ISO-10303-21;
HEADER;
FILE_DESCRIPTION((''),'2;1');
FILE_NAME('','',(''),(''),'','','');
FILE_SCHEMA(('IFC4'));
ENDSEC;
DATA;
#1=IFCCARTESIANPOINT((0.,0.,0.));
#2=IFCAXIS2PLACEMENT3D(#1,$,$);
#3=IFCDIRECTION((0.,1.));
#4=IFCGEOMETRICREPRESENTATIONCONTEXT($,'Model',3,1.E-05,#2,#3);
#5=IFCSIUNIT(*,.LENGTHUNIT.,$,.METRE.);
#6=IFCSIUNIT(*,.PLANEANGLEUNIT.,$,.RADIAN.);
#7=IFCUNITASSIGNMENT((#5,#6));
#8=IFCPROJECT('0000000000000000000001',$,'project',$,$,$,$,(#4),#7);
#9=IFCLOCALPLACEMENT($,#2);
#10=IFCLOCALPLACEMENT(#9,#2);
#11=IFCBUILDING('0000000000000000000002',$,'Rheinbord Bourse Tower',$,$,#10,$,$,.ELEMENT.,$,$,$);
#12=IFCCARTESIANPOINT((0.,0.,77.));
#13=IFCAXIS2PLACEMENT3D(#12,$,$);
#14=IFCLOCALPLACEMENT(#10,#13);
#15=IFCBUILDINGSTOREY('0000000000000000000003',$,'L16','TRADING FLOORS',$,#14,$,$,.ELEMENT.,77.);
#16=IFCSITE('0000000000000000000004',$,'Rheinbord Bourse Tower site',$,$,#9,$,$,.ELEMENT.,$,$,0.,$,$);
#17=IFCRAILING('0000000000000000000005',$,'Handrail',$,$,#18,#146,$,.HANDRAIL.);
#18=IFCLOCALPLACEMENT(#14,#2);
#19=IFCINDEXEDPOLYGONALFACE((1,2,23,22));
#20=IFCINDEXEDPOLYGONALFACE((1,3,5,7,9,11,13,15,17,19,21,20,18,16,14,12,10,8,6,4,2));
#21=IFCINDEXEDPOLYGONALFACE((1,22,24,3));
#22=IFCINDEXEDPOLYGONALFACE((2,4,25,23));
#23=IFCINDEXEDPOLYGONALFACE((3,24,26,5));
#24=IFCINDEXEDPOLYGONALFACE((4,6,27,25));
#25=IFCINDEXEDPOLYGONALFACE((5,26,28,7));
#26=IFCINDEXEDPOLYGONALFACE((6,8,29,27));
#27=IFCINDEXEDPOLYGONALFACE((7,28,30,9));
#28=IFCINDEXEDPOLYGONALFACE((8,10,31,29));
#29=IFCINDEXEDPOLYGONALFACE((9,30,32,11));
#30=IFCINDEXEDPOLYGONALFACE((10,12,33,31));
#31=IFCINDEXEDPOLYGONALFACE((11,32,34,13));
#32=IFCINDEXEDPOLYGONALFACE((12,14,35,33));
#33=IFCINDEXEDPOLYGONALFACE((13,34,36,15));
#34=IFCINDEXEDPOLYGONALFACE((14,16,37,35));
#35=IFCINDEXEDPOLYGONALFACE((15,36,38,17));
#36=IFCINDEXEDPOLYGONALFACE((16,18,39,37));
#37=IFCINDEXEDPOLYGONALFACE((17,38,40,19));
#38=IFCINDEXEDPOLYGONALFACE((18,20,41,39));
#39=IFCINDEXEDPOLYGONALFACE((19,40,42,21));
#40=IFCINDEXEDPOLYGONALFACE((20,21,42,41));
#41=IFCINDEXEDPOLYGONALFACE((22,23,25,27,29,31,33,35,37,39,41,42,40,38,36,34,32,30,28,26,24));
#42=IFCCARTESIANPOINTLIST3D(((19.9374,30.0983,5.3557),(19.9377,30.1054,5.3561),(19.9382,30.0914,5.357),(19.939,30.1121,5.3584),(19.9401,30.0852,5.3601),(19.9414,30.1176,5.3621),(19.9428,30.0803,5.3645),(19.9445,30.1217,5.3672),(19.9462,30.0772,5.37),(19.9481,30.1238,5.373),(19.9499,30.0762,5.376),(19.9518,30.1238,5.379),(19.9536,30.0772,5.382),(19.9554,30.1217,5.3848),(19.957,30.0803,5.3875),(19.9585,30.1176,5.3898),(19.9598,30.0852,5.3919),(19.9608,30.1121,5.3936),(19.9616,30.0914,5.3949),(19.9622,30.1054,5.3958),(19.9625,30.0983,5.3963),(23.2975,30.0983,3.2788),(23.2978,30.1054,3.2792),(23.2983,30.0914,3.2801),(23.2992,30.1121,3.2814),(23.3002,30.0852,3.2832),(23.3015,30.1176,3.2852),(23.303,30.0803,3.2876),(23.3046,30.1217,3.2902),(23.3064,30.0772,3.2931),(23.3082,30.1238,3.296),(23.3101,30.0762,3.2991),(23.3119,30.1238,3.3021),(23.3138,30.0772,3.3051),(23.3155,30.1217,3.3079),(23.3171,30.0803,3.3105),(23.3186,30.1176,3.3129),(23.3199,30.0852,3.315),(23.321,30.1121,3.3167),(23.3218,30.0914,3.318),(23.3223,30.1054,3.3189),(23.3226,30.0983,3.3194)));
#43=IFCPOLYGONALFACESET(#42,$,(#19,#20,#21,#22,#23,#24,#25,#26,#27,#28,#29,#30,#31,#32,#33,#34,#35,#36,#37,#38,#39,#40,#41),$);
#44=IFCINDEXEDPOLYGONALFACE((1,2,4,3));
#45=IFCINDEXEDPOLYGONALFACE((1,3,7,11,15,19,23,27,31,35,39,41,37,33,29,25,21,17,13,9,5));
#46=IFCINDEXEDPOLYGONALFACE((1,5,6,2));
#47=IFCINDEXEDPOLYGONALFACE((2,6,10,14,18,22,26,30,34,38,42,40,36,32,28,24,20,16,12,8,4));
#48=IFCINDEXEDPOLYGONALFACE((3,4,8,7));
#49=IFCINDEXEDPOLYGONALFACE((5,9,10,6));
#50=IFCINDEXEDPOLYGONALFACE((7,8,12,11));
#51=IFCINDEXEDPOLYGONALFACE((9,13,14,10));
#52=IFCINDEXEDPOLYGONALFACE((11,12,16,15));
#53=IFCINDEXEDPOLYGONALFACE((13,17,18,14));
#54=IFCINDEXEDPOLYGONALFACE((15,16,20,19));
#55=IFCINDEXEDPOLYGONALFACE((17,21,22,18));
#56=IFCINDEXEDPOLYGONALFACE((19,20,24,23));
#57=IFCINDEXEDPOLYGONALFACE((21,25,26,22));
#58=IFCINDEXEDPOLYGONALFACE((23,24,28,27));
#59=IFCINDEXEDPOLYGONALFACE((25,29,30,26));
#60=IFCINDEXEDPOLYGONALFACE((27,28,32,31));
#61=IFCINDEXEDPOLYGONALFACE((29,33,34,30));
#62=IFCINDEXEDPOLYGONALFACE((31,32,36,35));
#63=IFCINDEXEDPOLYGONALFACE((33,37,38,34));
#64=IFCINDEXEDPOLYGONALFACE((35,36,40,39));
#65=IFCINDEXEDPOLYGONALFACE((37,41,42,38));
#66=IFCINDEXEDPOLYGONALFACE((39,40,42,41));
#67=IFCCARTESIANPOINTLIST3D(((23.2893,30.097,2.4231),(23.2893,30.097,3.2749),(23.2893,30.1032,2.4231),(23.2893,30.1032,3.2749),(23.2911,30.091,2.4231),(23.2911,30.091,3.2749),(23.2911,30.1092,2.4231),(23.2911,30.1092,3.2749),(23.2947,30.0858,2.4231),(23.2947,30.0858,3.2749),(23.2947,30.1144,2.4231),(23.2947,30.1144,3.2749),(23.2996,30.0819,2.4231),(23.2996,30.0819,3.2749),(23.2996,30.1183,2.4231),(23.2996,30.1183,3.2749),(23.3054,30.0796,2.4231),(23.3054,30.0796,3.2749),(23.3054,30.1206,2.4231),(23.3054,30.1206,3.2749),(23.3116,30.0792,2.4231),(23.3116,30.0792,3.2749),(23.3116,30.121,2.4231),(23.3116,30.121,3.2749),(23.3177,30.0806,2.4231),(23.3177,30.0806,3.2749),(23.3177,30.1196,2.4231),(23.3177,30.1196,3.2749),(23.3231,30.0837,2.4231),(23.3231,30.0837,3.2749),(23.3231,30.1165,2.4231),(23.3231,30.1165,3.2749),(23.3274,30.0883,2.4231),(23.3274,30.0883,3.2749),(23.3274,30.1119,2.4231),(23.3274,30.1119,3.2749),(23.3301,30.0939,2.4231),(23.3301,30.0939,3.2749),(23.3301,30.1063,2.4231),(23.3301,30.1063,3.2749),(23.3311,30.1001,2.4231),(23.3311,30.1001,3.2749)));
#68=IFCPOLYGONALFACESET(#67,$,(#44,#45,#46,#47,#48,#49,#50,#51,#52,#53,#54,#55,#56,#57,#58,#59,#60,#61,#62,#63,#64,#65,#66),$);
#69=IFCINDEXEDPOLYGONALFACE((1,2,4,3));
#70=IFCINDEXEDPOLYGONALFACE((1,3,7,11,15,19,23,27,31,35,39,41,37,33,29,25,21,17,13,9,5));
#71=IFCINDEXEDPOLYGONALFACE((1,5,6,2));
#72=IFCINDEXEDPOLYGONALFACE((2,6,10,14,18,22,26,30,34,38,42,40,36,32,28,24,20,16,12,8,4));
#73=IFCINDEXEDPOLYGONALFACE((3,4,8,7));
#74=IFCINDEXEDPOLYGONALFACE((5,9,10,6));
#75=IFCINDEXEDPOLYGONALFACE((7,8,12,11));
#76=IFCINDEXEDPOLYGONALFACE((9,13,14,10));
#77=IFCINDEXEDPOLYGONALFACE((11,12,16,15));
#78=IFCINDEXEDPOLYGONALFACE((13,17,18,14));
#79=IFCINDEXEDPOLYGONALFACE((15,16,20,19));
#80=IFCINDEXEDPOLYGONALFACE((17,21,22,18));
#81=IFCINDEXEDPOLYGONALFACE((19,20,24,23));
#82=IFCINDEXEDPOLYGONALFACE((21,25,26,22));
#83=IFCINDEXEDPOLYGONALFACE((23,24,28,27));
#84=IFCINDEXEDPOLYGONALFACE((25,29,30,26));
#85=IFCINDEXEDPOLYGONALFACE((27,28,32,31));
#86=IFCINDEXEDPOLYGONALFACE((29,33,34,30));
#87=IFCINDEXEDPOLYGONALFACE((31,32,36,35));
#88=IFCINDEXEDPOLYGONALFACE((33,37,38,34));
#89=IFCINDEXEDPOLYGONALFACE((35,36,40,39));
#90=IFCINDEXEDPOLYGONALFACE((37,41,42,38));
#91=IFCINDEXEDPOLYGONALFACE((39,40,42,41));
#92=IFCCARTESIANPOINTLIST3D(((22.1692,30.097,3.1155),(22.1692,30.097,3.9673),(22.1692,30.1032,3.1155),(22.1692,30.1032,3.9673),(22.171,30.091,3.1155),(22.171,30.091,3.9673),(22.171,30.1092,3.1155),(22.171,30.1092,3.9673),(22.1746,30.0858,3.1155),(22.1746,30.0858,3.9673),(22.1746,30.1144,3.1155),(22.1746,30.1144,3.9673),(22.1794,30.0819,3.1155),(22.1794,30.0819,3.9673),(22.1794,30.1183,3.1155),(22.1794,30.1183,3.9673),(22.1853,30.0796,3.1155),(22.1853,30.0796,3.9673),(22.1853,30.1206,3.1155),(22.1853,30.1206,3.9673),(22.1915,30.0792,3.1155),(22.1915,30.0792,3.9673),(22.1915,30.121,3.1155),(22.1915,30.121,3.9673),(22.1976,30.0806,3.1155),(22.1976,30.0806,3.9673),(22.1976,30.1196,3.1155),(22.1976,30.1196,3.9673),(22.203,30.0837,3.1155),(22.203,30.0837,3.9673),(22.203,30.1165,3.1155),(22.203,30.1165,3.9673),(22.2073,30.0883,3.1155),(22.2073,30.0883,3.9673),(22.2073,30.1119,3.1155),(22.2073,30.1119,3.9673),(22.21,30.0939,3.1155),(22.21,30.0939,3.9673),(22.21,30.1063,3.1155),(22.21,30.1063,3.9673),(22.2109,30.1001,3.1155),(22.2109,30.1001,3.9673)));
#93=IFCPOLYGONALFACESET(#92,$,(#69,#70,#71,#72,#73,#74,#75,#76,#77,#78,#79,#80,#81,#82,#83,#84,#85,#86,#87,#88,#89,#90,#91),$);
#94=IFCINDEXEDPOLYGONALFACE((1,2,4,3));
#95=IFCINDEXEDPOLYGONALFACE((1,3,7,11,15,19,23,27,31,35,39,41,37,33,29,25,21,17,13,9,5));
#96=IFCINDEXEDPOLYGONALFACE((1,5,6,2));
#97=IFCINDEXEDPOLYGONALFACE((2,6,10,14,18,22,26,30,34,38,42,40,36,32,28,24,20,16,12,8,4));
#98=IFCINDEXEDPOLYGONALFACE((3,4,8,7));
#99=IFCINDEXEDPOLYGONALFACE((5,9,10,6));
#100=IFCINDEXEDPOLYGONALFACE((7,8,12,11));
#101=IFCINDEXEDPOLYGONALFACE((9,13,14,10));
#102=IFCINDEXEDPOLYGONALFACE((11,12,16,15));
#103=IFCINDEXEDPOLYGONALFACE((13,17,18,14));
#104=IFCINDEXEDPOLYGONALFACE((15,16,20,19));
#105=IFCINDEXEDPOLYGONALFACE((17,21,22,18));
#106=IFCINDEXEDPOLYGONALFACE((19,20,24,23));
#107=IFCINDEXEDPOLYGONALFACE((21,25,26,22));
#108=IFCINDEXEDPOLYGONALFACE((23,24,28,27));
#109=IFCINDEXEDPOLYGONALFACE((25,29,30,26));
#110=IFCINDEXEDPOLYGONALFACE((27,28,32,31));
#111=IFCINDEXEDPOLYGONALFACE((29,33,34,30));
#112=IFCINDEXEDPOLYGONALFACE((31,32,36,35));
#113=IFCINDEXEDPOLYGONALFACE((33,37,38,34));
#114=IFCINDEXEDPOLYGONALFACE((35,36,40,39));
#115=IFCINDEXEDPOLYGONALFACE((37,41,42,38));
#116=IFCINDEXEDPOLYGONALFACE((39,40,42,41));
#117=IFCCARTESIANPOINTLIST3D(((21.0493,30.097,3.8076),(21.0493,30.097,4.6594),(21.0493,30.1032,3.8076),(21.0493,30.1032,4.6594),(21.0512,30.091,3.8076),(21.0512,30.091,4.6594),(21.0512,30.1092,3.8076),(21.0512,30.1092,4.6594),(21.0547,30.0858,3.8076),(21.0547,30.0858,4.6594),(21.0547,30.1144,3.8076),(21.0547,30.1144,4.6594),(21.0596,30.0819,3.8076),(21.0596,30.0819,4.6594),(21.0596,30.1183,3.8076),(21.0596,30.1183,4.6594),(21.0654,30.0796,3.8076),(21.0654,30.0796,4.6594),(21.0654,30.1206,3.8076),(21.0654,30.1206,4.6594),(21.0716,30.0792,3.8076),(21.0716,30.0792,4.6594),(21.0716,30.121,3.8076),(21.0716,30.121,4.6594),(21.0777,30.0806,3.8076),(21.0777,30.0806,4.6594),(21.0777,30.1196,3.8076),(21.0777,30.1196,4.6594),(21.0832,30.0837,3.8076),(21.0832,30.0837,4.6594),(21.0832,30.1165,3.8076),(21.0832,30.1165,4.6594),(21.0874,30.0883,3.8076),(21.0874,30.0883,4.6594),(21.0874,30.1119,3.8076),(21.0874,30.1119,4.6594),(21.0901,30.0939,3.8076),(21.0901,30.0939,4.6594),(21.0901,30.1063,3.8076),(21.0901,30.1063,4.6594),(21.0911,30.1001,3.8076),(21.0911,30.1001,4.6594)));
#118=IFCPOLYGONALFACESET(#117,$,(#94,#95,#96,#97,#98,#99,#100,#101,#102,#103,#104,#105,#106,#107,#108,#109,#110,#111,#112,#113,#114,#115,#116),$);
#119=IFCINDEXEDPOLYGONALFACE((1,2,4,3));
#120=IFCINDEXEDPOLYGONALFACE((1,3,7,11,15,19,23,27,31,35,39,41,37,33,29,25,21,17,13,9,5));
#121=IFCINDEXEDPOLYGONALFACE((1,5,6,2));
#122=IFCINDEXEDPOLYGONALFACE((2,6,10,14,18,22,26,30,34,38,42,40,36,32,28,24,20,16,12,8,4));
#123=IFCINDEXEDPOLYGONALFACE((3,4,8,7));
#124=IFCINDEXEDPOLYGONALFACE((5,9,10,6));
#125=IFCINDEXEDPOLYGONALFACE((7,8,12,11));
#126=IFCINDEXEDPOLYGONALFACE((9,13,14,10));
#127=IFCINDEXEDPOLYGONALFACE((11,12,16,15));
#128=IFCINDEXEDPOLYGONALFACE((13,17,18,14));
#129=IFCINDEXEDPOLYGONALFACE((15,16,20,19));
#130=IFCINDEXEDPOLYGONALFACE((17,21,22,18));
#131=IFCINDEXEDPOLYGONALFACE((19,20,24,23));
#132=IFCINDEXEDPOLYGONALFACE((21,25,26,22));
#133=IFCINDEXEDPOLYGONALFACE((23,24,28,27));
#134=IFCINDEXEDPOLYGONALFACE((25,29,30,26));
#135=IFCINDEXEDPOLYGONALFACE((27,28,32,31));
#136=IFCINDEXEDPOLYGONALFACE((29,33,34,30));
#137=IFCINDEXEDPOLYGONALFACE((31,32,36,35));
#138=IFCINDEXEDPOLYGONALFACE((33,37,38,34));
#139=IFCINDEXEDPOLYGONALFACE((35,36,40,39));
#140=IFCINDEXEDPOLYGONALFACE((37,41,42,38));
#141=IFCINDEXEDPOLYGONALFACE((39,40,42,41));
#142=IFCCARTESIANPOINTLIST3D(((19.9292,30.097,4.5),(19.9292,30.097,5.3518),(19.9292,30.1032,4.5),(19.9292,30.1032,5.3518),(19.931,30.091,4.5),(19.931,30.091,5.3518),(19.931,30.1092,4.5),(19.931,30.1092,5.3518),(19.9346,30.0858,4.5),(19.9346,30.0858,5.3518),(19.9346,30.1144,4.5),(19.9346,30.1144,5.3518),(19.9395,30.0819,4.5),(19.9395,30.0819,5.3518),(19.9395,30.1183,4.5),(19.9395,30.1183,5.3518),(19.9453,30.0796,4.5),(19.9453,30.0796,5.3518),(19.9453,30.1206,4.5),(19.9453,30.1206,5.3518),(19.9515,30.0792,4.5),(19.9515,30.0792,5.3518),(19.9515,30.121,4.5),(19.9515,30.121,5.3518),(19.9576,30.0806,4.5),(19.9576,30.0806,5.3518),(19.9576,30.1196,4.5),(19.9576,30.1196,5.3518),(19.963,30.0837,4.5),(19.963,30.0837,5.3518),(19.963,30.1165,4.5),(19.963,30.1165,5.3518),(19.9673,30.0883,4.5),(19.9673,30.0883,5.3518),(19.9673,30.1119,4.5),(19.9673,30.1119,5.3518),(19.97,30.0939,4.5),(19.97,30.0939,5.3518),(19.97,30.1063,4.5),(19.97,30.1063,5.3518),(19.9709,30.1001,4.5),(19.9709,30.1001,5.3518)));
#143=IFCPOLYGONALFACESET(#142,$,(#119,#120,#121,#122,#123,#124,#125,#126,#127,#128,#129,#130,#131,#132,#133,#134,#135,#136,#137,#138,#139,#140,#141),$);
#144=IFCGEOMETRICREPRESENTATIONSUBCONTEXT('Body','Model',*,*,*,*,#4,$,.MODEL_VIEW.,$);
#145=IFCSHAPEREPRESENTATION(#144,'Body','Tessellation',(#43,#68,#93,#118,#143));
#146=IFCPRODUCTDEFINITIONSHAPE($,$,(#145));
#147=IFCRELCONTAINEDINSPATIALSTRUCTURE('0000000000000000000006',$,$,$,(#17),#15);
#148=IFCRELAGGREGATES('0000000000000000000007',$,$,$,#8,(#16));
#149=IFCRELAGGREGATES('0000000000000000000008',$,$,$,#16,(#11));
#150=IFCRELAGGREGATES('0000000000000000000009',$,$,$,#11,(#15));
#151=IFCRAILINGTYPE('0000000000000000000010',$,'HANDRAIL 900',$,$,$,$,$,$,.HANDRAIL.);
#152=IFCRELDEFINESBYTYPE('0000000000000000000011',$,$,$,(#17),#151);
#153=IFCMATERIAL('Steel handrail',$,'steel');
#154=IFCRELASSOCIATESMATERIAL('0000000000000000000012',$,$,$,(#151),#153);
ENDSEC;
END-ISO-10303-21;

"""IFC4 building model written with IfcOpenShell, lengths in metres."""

from ifc_helpers import new_model, si_unit, direction, frame, origin, origin_2d, place, context, subcontext, project, spatial, circle, extrude, material, type_object, element, save


model = new_model("IFC4")

# Units and contexts
model_context = context("Model", 3, precision=1e-05, world=origin(), true_north=direction((0.0, 1.0)))
body_context = subcontext(model_context, "Body", "Model", "MODEL_VIEW")
ifc_project = project(units=[si_unit("LENGTHUNIT", "METRE"), si_unit("PLANEANGLEUNIT", "RADIAN")], contexts=[model_context])

# Site, building, storey
site_placement = place(None, origin())
site = spatial("IfcSite", under=ifc_project, at=site_placement, Name="Rheinbord Bourse Tower site", CompositionType="ELEMENT", RefElevation=0.0)
building_placement = place(site_placement, origin())
building = spatial("IfcBuilding", under=site, at=building_placement, Name="Rheinbord Bourse Tower", CompositionType="ELEMENT")
storey_placement = place(building_placement, frame((0.0, 0.0, 77.0)))
storey = spatial("IfcBuildingStorey", under=building, at=storey_placement, Name="L16", Description="TRADING FLOORS", CompositionType="ELEMENT", Elevation=77.0)

# Railing
ifc_material_1 = material(Name="Steel handrail", Category="steel")
railing_type = type_object("IfcRailingType", Name="HANDRAIL 900", PredefinedType="HANDRAIL", material=ifc_material_1)
railing_1_placement = place(storey_placement, frame((23.3101, 30.1001, 2.4231)))
element("IfcRailing", 1, at=railing_1_placement, inside=storey, type_object=railing_type, Name="Handrail", PredefinedType="HANDRAIL", context=body_context, shape_type="SweptSolid", body=[
    extrude(circle(Radius=0.0239, at=origin_2d()), frame((0.0, 0.0, 0.876), z_axis=(-0.850623, 0.0, 0.525776), x_axis=(0.0, -1.0, 0.0)), (0.0, 0.0, 1.0), 3.9502),
    extrude(circle(Radius=0.021, at=origin_2d()), origin(), (0.0, 0.0, 1.0), 0.8518),
    extrude(circle(Radius=0.021, at=origin_2d()), frame((-1.1201, 0.0, 0.6924)), (0.0, 0.0, 1.0), 0.8518),
    extrude(circle(Radius=0.021, at=origin_2d()), frame((-2.24, 0.0, 1.3845)), (0.0, 0.0, 1.0), 0.8518),
    extrude(circle(Radius=0.021, at=origin_2d()), frame((-3.3601, 0.0, 2.0769)), (0.0, 0.0, 1.0), 0.8518),
])

save(model, "model.ifc")
